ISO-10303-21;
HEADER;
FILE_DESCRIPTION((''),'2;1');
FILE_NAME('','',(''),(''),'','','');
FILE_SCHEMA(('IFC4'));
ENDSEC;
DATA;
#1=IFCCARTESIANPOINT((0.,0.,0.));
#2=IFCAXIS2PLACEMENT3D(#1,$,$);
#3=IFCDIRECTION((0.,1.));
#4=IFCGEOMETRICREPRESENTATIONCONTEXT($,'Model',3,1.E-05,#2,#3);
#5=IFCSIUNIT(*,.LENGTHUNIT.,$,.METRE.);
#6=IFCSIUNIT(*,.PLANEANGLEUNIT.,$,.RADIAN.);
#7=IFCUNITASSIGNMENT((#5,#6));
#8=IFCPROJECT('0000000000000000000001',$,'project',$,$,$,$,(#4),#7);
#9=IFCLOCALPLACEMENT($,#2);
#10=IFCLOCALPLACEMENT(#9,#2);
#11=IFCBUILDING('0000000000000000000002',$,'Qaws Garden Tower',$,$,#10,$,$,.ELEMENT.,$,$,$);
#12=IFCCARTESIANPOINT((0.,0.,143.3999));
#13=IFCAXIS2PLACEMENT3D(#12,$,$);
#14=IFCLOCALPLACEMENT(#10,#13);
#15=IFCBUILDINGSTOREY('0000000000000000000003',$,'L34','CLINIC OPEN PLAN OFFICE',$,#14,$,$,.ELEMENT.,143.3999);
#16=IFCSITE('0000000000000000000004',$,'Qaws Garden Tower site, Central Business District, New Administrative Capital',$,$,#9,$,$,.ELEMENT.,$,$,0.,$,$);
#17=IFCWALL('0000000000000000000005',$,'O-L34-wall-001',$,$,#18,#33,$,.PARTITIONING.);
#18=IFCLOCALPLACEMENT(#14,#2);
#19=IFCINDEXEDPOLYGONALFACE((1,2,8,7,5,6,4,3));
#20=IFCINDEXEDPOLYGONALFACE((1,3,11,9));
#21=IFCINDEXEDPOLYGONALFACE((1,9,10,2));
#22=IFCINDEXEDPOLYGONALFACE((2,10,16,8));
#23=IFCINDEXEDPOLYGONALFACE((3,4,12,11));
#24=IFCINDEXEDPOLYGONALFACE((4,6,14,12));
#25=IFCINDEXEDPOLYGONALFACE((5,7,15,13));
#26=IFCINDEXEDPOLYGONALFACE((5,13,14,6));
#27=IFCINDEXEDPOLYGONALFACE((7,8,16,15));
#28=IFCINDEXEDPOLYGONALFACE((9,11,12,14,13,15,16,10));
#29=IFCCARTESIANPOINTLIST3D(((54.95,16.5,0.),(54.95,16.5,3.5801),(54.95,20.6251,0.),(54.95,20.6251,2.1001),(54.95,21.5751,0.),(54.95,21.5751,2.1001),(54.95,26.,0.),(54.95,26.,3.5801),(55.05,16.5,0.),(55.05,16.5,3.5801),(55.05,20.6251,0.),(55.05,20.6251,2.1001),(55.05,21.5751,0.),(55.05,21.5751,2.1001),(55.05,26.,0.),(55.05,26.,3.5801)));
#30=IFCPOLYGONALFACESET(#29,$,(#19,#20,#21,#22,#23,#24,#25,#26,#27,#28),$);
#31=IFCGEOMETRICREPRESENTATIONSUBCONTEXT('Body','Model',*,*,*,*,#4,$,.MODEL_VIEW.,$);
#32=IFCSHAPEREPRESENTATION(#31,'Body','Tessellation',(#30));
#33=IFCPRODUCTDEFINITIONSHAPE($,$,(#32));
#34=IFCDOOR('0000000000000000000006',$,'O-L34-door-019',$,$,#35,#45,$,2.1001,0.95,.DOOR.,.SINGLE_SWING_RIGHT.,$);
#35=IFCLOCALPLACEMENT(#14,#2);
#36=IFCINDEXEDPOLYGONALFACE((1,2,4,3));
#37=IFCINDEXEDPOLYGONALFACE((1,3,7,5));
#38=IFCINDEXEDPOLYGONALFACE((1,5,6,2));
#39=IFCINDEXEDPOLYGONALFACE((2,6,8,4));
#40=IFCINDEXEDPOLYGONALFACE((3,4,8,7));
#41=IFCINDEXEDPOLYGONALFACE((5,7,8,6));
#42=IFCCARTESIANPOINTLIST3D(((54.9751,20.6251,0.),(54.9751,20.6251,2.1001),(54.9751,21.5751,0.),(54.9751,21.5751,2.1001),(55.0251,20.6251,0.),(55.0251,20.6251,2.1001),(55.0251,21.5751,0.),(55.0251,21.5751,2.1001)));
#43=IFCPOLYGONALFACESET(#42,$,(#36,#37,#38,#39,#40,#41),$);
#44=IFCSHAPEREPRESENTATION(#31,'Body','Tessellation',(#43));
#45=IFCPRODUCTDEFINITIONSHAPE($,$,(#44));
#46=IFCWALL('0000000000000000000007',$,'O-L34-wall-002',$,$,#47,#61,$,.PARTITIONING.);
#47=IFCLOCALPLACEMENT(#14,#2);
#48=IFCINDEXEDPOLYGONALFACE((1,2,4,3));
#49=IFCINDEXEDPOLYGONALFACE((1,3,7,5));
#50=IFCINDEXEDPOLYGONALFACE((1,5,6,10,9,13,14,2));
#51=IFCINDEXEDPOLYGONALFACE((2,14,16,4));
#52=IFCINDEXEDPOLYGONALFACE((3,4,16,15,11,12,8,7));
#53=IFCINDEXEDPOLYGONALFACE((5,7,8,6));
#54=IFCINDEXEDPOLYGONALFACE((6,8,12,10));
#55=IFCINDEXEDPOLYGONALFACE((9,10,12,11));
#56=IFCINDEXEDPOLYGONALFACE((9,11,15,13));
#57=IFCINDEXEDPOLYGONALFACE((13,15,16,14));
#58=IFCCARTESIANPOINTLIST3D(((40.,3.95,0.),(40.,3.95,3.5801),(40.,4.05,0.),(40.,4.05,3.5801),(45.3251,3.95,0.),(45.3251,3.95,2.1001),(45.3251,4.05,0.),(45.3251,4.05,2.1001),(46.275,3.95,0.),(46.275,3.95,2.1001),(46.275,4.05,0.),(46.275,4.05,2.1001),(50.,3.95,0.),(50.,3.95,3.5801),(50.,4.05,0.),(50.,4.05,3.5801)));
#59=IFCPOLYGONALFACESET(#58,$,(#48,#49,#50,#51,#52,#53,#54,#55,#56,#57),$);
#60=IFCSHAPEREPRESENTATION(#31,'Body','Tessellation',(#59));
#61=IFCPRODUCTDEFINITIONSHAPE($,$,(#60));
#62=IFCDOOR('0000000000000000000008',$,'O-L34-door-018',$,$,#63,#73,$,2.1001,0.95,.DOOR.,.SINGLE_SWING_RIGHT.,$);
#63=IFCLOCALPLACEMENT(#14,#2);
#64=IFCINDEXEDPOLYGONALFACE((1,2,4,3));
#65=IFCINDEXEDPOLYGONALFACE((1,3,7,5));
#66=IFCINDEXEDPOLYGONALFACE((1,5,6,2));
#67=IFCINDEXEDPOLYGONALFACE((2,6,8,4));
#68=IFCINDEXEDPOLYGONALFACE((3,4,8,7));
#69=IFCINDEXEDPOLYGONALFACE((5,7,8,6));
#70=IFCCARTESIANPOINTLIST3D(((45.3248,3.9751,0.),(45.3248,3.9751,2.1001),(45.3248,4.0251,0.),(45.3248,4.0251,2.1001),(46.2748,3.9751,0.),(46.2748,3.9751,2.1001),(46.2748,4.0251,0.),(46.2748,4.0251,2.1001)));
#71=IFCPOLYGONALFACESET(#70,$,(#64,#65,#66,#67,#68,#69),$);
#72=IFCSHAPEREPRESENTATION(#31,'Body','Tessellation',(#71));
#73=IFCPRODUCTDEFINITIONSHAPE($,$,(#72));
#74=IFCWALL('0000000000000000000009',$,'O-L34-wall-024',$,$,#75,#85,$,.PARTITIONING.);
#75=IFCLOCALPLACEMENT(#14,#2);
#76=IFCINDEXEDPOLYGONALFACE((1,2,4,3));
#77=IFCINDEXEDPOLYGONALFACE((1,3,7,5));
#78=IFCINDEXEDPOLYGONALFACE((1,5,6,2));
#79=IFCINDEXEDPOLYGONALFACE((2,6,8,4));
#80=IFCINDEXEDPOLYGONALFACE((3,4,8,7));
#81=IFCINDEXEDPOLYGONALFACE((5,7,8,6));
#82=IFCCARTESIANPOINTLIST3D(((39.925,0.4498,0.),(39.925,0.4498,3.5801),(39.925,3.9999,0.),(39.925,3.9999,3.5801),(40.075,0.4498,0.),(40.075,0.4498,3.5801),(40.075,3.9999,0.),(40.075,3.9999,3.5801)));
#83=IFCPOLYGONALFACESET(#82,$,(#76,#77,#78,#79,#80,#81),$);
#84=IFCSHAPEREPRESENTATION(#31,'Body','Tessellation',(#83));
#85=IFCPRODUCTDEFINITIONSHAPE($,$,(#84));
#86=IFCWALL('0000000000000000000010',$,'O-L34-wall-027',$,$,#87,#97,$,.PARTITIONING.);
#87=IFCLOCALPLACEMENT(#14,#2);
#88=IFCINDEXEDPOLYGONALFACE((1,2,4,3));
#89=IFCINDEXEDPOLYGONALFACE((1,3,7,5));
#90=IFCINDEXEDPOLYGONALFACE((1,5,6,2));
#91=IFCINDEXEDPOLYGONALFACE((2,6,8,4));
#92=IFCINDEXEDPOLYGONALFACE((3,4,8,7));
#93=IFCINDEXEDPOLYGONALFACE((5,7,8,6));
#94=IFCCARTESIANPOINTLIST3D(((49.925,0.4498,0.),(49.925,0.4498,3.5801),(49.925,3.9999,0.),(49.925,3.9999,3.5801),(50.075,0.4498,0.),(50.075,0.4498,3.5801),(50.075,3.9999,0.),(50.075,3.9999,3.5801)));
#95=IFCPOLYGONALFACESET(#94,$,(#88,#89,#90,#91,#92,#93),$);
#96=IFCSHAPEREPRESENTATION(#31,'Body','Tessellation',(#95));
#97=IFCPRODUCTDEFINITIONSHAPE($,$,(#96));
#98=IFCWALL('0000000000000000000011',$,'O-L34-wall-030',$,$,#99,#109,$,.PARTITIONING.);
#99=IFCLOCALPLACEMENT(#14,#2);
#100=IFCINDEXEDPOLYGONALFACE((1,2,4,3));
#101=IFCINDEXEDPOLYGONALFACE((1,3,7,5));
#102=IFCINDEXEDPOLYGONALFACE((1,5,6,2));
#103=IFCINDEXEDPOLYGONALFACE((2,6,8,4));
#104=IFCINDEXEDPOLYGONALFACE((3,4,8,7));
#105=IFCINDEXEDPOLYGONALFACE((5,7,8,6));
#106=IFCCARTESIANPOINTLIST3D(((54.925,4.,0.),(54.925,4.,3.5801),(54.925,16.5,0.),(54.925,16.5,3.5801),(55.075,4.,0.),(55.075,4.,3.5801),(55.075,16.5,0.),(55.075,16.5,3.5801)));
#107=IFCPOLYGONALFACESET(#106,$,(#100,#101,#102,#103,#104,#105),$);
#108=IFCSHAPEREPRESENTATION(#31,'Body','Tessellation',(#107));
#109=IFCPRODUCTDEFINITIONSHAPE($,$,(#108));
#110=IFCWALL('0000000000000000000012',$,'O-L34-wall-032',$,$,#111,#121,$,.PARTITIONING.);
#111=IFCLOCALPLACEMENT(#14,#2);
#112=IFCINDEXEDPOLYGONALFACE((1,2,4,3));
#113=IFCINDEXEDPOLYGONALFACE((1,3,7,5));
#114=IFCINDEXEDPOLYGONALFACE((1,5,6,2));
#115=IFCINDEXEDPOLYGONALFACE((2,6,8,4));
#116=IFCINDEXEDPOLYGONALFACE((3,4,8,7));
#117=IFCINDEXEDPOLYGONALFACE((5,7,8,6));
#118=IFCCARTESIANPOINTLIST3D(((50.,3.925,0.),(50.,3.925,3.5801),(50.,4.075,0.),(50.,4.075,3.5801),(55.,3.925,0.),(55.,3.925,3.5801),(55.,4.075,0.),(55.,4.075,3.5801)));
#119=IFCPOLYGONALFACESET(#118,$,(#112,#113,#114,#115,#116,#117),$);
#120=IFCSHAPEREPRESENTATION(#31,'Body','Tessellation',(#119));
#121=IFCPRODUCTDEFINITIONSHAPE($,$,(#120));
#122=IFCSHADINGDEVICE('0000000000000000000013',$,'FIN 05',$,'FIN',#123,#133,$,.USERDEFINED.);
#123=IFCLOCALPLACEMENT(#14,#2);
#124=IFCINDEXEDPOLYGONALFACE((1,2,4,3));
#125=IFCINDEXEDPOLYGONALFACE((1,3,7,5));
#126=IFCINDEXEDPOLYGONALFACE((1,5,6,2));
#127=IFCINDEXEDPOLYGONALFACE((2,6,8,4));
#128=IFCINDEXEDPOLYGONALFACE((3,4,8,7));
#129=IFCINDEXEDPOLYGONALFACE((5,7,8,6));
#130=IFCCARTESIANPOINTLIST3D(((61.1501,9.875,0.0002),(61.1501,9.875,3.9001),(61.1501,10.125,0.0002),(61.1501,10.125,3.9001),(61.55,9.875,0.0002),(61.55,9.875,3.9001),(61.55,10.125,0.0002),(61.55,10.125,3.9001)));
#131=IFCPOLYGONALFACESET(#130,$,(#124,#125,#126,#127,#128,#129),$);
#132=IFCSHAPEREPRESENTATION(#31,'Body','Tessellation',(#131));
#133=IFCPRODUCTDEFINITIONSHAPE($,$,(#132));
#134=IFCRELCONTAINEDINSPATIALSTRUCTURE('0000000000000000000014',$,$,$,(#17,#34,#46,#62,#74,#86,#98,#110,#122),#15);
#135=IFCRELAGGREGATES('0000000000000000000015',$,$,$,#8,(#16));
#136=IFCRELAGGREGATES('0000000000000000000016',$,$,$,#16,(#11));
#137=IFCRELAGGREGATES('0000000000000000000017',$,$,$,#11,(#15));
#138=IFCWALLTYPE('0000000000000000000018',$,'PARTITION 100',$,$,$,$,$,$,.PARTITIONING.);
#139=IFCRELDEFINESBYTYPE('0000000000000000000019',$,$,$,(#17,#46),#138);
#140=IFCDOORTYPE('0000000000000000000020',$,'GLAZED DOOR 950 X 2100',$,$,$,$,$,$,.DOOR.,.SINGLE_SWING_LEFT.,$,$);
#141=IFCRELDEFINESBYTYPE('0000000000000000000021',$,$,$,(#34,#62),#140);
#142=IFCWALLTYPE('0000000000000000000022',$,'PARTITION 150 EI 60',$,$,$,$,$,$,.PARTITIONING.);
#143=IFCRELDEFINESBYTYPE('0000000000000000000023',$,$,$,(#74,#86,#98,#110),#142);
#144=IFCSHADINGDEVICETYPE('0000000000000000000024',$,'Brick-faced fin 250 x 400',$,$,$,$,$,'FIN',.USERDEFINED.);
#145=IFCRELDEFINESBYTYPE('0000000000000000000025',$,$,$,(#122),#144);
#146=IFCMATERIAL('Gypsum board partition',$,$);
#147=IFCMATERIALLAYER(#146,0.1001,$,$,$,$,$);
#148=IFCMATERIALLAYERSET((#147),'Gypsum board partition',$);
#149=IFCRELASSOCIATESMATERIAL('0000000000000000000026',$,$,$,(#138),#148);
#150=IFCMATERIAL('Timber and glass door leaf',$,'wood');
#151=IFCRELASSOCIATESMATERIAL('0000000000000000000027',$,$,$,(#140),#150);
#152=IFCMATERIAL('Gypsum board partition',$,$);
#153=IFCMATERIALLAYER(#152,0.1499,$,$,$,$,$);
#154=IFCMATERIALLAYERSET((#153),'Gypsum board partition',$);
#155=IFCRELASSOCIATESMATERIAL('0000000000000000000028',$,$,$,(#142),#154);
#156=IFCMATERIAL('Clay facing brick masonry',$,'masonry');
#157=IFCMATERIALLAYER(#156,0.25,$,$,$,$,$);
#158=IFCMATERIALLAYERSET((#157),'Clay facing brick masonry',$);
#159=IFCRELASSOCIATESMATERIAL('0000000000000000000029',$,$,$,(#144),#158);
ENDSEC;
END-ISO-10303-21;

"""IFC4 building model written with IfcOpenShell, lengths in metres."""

from ifc_helpers import new_model, si_unit, direction, frame, frame_2d, origin, origin_2d, place, context, subcontext, project, spatial, rectangle, extrude, material, layer, layer_set, type_object, element, fill, save


model = new_model("IFC4")

# Units and contexts
model_context = context("Model", 3, precision=1e-05, world=origin(), true_north=direction((0.0, 1.0)))
body_context = subcontext(model_context, "Body", "Model", "MODEL_VIEW")
ifc_project = project(units=[si_unit("LENGTHUNIT", "METRE"), si_unit("PLANEANGLEUNIT", "RADIAN")], contexts=[model_context])

# Site, building, storey
site_placement = place(None, origin())
site = spatial("IfcSite", under=ifc_project, at=site_placement, Name="Qaws Garden Tower site, Central Business District, New Administrative Capital", CompositionType="ELEMENT", RefElevation=0.0)
building_placement = place(site_placement, origin())
building = spatial("IfcBuilding", under=site, at=building_placement, Name="Qaws Garden Tower", CompositionType="ELEMENT")
storey_placement = place(building_placement, frame((0.0, 0.0, 143.3999)))
storey = spatial("IfcBuildingStorey", under=building, at=storey_placement, Name="L34", Description="CLINIC OPEN PLAN OFFICE", CompositionType="ELEMENT", Elevation=143.3999)

# Walls, openings, doors
ifc_material_1 = material(Name="Gypsum board partition")
ifc_layer_1 = layer(ifc_material_1, 0.1001)
ifc_layer_set_1 = layer_set([ifc_layer_1], Name="Gypsum board partition")
wall_type_1 = type_object("IfcWallType", Name="PARTITION 100", PredefinedType="PARTITIONING", material=ifc_layer_set_1)
wall_1_placement = place(storey_placement, frame((55.0, 16.5, 0.0), z_axis=(0.0, 0.0, 1.0), x_axis=(0.0, 1.0, 0.0)))
wall_1 = element("IfcWall", 1, at=wall_1_placement, inside=storey, type_object=wall_type_1, Name="O-L34-wall-001", PredefinedType="PARTITIONING", context=body_context, shape_type="SweptSolid", body=[
    extrude(rectangle(XDim=9.5, YDim=0.1001, at=frame_2d((4.75, 0.0))), origin(), (0.0, 0.0, 1.0), 3.5801),
])
opening_1_placement = place(wall_1_placement, frame((4.125, 0.0, 0.0)))
opening_1 = element("IfcOpeningElement", 2, at=opening_1_placement, cuts=wall_1, PredefinedType="OPENING", context=body_context, shape_type="SweptSolid", body=[
    extrude(rectangle(XDim=0.95, YDim=2.1001, at=frame_2d((0.4751, 1.05))), frame((0.0, 0.0601, 0.0), z_axis=(0.0, -1.0, 0.0), x_axis=(1.0, 0.0, 0.0)), (0.0, 0.0, 1.0), 0.1201),
])
ifc_material_2 = material(Name="Timber and glass door leaf", Category="wood")
door_type = type_object("IfcDoorType", Name="GLAZED DOOR 950 X 2100", OperationType="SINGLE_SWING_LEFT", PredefinedType="DOOR", material=ifc_material_2)
door_1_placement = place(opening_1_placement, origin())
door_1 = element("IfcDoor", 3, at=door_1_placement, inside=storey, type_object=door_type, Name="O-L34-door-019", OperationType="SINGLE_SWING_RIGHT", OverallHeight=2.1001, OverallWidth=0.95, PredefinedType="DOOR", context=body_context, shape_type="SweptSolid", body=[
    extrude(rectangle(XDim=0.95, YDim=2.1001, at=frame_2d((0.4751, 1.05))), frame((0.0, 0.0249, 0.0), z_axis=(0.0, -1.0, 0.0), x_axis=(1.0, 0.0, 0.0)), (0.0, 0.0, 1.0), 0.05),
])
fill(opening_1, door_1)
wall_2_placement = place(storey_placement, frame((40.0, 4.0, 0.0), z_axis=(0.0, 0.0, 1.0), x_axis=(1.0, 0.0, 0.0)))
wall_2 = element("IfcWall", 4, at=wall_2_placement, inside=storey, type_object=wall_type_1, Name="O-L34-wall-002", PredefinedType="PARTITIONING", context=body_context, shape_type="SweptSolid", body=[
    extrude(rectangle(XDim=10.0, YDim=0.1001, at=frame_2d((5.0, 0.0))), origin(), (0.0, 0.0, 1.0), 3.5801),
])
opening_2_placement = place(wall_2_placement, frame((5.325, 0.0, 0.0)))
opening_2 = element("IfcOpeningElement", 5, at=opening_2_placement, cuts=wall_2, PredefinedType="OPENING", context=body_context, shape_type="SweptSolid", body=[
    extrude(rectangle(XDim=0.95, YDim=2.1001, at=frame_2d((0.4751, 1.05))), frame((0.0, 0.0601, 0.0), z_axis=(0.0, -1.0, 0.0), x_axis=(1.0, 0.0, 0.0)), (0.0, 0.0, 1.0), 0.1201),
])
door_2_placement = place(opening_2_placement, frame((0.95, 0.0, 0.0), z_axis=(0.0, 0.0, 1.0), x_axis=(-1.0, 0.0, 0.0)))
door_2 = element("IfcDoor", 6, at=door_2_placement, inside=storey, type_object=door_type, Name="O-L34-door-018", OperationType="SINGLE_SWING_RIGHT", OverallHeight=2.1001, OverallWidth=0.95, PredefinedType="DOOR", context=body_context, shape_type="SweptSolid", body=[
    extrude(rectangle(XDim=0.95, YDim=2.1001, at=frame_2d((0.4751, 1.05))), frame((0.0, 0.0249, 0.0), z_axis=(0.0, -1.0, 0.0), x_axis=(1.0, 0.0, 0.0)), (0.0, 0.0, 1.0), 0.05),
])
fill(opening_2, door_2)

# Walls
ifc_material_3 = material(Name="Gypsum board partition")
ifc_layer_2 = layer(ifc_material_3, 0.1499)
ifc_layer_set_2 = layer_set([ifc_layer_2], Name="Gypsum board partition")
wall_type_2 = type_object("IfcWallType", Name="PARTITION 150 EI 60", PredefinedType="PARTITIONING", material=ifc_layer_set_2)
for number, where, z_axis, x_axis, name in (
    (7, (40.0, 0.45, 0.0), (0.0, 0.0, 1.0), (0.0, 1.0, 0.0), "O-L34-wall-024"),
    (8, (50.0, 0.45, 0.0), (0.0, 0.0, 1.0), (0.0, 1.0, 0.0), "O-L34-wall-027"),
):
    element("IfcWall", number, at=place(storey_placement, frame(where, z_axis=z_axis, x_axis=x_axis)), inside=storey, type_object=wall_type_2, Name=name, PredefinedType="PARTITIONING", context=body_context, shape_type="SweptSolid", body=[
        extrude(rectangle(XDim=3.55, YDim=0.1499, at=frame_2d((1.7749, 0.0))), origin(), (0.0, 0.0, 1.0), 3.5801),
    ])
wall_3_placement = place(storey_placement, frame((55.0, 4.0, 0.0), z_axis=(0.0, 0.0, 1.0), x_axis=(0.0, 1.0, 0.0)))
element("IfcWall", 9, at=wall_3_placement, inside=storey, type_object=wall_type_2, Name="O-L34-wall-030", PredefinedType="PARTITIONING", context=body_context, shape_type="SweptSolid", body=[
    extrude(rectangle(XDim=12.5, YDim=0.1499, at=frame_2d((6.25, 0.0))), origin(), (0.0, 0.0, 1.0), 3.5801),
])
wall_4_placement = place(storey_placement, frame((50.0, 4.0, 0.0), z_axis=(0.0, 0.0, 1.0), x_axis=(1.0, 0.0, 0.0)))
element("IfcWall", 10, at=wall_4_placement, inside=storey, type_object=wall_type_2, Name="O-L34-wall-032", PredefinedType="PARTITIONING", context=body_context, shape_type="SweptSolid", body=[
    extrude(rectangle(XDim=5.0, YDim=0.1499, at=frame_2d((2.5, 0.0))), origin(), (0.0, 0.0, 1.0), 3.5801),
])

# Shading device
ifc_material_4 = material(Name="Clay facing brick masonry", Category="masonry")
ifc_layer_3 = layer(ifc_material_4, 0.25)
ifc_layer_set_3 = layer_set([ifc_layer_3], Name="Clay facing brick masonry")
shading_device_type = type_object("IfcShadingDeviceType", Name="Brick-faced fin 250 x 400", ElementType="FIN", PredefinedType="USERDEFINED", material=ifc_layer_set_3)
shading_device_placement = place(storey_placement, frame((61.3501, 10.0, 0.0002), z_axis=(0.0, 0.0, 1.0), x_axis=(0.0, 1.0, 0.0)))
element("IfcShadingDevice", 11, at=shading_device_placement, inside=storey, type_object=shading_device_type, Name="FIN 05", ObjectType="FIN", PredefinedType="USERDEFINED", context=body_context, shape_type="SweptSolid", body=[
    extrude(rectangle(XDim=0.25, YDim=0.3999, at=origin_2d()), origin(), (0.0, 0.0, 1.0), 3.8999),
])

save(model, "model.ifc")
